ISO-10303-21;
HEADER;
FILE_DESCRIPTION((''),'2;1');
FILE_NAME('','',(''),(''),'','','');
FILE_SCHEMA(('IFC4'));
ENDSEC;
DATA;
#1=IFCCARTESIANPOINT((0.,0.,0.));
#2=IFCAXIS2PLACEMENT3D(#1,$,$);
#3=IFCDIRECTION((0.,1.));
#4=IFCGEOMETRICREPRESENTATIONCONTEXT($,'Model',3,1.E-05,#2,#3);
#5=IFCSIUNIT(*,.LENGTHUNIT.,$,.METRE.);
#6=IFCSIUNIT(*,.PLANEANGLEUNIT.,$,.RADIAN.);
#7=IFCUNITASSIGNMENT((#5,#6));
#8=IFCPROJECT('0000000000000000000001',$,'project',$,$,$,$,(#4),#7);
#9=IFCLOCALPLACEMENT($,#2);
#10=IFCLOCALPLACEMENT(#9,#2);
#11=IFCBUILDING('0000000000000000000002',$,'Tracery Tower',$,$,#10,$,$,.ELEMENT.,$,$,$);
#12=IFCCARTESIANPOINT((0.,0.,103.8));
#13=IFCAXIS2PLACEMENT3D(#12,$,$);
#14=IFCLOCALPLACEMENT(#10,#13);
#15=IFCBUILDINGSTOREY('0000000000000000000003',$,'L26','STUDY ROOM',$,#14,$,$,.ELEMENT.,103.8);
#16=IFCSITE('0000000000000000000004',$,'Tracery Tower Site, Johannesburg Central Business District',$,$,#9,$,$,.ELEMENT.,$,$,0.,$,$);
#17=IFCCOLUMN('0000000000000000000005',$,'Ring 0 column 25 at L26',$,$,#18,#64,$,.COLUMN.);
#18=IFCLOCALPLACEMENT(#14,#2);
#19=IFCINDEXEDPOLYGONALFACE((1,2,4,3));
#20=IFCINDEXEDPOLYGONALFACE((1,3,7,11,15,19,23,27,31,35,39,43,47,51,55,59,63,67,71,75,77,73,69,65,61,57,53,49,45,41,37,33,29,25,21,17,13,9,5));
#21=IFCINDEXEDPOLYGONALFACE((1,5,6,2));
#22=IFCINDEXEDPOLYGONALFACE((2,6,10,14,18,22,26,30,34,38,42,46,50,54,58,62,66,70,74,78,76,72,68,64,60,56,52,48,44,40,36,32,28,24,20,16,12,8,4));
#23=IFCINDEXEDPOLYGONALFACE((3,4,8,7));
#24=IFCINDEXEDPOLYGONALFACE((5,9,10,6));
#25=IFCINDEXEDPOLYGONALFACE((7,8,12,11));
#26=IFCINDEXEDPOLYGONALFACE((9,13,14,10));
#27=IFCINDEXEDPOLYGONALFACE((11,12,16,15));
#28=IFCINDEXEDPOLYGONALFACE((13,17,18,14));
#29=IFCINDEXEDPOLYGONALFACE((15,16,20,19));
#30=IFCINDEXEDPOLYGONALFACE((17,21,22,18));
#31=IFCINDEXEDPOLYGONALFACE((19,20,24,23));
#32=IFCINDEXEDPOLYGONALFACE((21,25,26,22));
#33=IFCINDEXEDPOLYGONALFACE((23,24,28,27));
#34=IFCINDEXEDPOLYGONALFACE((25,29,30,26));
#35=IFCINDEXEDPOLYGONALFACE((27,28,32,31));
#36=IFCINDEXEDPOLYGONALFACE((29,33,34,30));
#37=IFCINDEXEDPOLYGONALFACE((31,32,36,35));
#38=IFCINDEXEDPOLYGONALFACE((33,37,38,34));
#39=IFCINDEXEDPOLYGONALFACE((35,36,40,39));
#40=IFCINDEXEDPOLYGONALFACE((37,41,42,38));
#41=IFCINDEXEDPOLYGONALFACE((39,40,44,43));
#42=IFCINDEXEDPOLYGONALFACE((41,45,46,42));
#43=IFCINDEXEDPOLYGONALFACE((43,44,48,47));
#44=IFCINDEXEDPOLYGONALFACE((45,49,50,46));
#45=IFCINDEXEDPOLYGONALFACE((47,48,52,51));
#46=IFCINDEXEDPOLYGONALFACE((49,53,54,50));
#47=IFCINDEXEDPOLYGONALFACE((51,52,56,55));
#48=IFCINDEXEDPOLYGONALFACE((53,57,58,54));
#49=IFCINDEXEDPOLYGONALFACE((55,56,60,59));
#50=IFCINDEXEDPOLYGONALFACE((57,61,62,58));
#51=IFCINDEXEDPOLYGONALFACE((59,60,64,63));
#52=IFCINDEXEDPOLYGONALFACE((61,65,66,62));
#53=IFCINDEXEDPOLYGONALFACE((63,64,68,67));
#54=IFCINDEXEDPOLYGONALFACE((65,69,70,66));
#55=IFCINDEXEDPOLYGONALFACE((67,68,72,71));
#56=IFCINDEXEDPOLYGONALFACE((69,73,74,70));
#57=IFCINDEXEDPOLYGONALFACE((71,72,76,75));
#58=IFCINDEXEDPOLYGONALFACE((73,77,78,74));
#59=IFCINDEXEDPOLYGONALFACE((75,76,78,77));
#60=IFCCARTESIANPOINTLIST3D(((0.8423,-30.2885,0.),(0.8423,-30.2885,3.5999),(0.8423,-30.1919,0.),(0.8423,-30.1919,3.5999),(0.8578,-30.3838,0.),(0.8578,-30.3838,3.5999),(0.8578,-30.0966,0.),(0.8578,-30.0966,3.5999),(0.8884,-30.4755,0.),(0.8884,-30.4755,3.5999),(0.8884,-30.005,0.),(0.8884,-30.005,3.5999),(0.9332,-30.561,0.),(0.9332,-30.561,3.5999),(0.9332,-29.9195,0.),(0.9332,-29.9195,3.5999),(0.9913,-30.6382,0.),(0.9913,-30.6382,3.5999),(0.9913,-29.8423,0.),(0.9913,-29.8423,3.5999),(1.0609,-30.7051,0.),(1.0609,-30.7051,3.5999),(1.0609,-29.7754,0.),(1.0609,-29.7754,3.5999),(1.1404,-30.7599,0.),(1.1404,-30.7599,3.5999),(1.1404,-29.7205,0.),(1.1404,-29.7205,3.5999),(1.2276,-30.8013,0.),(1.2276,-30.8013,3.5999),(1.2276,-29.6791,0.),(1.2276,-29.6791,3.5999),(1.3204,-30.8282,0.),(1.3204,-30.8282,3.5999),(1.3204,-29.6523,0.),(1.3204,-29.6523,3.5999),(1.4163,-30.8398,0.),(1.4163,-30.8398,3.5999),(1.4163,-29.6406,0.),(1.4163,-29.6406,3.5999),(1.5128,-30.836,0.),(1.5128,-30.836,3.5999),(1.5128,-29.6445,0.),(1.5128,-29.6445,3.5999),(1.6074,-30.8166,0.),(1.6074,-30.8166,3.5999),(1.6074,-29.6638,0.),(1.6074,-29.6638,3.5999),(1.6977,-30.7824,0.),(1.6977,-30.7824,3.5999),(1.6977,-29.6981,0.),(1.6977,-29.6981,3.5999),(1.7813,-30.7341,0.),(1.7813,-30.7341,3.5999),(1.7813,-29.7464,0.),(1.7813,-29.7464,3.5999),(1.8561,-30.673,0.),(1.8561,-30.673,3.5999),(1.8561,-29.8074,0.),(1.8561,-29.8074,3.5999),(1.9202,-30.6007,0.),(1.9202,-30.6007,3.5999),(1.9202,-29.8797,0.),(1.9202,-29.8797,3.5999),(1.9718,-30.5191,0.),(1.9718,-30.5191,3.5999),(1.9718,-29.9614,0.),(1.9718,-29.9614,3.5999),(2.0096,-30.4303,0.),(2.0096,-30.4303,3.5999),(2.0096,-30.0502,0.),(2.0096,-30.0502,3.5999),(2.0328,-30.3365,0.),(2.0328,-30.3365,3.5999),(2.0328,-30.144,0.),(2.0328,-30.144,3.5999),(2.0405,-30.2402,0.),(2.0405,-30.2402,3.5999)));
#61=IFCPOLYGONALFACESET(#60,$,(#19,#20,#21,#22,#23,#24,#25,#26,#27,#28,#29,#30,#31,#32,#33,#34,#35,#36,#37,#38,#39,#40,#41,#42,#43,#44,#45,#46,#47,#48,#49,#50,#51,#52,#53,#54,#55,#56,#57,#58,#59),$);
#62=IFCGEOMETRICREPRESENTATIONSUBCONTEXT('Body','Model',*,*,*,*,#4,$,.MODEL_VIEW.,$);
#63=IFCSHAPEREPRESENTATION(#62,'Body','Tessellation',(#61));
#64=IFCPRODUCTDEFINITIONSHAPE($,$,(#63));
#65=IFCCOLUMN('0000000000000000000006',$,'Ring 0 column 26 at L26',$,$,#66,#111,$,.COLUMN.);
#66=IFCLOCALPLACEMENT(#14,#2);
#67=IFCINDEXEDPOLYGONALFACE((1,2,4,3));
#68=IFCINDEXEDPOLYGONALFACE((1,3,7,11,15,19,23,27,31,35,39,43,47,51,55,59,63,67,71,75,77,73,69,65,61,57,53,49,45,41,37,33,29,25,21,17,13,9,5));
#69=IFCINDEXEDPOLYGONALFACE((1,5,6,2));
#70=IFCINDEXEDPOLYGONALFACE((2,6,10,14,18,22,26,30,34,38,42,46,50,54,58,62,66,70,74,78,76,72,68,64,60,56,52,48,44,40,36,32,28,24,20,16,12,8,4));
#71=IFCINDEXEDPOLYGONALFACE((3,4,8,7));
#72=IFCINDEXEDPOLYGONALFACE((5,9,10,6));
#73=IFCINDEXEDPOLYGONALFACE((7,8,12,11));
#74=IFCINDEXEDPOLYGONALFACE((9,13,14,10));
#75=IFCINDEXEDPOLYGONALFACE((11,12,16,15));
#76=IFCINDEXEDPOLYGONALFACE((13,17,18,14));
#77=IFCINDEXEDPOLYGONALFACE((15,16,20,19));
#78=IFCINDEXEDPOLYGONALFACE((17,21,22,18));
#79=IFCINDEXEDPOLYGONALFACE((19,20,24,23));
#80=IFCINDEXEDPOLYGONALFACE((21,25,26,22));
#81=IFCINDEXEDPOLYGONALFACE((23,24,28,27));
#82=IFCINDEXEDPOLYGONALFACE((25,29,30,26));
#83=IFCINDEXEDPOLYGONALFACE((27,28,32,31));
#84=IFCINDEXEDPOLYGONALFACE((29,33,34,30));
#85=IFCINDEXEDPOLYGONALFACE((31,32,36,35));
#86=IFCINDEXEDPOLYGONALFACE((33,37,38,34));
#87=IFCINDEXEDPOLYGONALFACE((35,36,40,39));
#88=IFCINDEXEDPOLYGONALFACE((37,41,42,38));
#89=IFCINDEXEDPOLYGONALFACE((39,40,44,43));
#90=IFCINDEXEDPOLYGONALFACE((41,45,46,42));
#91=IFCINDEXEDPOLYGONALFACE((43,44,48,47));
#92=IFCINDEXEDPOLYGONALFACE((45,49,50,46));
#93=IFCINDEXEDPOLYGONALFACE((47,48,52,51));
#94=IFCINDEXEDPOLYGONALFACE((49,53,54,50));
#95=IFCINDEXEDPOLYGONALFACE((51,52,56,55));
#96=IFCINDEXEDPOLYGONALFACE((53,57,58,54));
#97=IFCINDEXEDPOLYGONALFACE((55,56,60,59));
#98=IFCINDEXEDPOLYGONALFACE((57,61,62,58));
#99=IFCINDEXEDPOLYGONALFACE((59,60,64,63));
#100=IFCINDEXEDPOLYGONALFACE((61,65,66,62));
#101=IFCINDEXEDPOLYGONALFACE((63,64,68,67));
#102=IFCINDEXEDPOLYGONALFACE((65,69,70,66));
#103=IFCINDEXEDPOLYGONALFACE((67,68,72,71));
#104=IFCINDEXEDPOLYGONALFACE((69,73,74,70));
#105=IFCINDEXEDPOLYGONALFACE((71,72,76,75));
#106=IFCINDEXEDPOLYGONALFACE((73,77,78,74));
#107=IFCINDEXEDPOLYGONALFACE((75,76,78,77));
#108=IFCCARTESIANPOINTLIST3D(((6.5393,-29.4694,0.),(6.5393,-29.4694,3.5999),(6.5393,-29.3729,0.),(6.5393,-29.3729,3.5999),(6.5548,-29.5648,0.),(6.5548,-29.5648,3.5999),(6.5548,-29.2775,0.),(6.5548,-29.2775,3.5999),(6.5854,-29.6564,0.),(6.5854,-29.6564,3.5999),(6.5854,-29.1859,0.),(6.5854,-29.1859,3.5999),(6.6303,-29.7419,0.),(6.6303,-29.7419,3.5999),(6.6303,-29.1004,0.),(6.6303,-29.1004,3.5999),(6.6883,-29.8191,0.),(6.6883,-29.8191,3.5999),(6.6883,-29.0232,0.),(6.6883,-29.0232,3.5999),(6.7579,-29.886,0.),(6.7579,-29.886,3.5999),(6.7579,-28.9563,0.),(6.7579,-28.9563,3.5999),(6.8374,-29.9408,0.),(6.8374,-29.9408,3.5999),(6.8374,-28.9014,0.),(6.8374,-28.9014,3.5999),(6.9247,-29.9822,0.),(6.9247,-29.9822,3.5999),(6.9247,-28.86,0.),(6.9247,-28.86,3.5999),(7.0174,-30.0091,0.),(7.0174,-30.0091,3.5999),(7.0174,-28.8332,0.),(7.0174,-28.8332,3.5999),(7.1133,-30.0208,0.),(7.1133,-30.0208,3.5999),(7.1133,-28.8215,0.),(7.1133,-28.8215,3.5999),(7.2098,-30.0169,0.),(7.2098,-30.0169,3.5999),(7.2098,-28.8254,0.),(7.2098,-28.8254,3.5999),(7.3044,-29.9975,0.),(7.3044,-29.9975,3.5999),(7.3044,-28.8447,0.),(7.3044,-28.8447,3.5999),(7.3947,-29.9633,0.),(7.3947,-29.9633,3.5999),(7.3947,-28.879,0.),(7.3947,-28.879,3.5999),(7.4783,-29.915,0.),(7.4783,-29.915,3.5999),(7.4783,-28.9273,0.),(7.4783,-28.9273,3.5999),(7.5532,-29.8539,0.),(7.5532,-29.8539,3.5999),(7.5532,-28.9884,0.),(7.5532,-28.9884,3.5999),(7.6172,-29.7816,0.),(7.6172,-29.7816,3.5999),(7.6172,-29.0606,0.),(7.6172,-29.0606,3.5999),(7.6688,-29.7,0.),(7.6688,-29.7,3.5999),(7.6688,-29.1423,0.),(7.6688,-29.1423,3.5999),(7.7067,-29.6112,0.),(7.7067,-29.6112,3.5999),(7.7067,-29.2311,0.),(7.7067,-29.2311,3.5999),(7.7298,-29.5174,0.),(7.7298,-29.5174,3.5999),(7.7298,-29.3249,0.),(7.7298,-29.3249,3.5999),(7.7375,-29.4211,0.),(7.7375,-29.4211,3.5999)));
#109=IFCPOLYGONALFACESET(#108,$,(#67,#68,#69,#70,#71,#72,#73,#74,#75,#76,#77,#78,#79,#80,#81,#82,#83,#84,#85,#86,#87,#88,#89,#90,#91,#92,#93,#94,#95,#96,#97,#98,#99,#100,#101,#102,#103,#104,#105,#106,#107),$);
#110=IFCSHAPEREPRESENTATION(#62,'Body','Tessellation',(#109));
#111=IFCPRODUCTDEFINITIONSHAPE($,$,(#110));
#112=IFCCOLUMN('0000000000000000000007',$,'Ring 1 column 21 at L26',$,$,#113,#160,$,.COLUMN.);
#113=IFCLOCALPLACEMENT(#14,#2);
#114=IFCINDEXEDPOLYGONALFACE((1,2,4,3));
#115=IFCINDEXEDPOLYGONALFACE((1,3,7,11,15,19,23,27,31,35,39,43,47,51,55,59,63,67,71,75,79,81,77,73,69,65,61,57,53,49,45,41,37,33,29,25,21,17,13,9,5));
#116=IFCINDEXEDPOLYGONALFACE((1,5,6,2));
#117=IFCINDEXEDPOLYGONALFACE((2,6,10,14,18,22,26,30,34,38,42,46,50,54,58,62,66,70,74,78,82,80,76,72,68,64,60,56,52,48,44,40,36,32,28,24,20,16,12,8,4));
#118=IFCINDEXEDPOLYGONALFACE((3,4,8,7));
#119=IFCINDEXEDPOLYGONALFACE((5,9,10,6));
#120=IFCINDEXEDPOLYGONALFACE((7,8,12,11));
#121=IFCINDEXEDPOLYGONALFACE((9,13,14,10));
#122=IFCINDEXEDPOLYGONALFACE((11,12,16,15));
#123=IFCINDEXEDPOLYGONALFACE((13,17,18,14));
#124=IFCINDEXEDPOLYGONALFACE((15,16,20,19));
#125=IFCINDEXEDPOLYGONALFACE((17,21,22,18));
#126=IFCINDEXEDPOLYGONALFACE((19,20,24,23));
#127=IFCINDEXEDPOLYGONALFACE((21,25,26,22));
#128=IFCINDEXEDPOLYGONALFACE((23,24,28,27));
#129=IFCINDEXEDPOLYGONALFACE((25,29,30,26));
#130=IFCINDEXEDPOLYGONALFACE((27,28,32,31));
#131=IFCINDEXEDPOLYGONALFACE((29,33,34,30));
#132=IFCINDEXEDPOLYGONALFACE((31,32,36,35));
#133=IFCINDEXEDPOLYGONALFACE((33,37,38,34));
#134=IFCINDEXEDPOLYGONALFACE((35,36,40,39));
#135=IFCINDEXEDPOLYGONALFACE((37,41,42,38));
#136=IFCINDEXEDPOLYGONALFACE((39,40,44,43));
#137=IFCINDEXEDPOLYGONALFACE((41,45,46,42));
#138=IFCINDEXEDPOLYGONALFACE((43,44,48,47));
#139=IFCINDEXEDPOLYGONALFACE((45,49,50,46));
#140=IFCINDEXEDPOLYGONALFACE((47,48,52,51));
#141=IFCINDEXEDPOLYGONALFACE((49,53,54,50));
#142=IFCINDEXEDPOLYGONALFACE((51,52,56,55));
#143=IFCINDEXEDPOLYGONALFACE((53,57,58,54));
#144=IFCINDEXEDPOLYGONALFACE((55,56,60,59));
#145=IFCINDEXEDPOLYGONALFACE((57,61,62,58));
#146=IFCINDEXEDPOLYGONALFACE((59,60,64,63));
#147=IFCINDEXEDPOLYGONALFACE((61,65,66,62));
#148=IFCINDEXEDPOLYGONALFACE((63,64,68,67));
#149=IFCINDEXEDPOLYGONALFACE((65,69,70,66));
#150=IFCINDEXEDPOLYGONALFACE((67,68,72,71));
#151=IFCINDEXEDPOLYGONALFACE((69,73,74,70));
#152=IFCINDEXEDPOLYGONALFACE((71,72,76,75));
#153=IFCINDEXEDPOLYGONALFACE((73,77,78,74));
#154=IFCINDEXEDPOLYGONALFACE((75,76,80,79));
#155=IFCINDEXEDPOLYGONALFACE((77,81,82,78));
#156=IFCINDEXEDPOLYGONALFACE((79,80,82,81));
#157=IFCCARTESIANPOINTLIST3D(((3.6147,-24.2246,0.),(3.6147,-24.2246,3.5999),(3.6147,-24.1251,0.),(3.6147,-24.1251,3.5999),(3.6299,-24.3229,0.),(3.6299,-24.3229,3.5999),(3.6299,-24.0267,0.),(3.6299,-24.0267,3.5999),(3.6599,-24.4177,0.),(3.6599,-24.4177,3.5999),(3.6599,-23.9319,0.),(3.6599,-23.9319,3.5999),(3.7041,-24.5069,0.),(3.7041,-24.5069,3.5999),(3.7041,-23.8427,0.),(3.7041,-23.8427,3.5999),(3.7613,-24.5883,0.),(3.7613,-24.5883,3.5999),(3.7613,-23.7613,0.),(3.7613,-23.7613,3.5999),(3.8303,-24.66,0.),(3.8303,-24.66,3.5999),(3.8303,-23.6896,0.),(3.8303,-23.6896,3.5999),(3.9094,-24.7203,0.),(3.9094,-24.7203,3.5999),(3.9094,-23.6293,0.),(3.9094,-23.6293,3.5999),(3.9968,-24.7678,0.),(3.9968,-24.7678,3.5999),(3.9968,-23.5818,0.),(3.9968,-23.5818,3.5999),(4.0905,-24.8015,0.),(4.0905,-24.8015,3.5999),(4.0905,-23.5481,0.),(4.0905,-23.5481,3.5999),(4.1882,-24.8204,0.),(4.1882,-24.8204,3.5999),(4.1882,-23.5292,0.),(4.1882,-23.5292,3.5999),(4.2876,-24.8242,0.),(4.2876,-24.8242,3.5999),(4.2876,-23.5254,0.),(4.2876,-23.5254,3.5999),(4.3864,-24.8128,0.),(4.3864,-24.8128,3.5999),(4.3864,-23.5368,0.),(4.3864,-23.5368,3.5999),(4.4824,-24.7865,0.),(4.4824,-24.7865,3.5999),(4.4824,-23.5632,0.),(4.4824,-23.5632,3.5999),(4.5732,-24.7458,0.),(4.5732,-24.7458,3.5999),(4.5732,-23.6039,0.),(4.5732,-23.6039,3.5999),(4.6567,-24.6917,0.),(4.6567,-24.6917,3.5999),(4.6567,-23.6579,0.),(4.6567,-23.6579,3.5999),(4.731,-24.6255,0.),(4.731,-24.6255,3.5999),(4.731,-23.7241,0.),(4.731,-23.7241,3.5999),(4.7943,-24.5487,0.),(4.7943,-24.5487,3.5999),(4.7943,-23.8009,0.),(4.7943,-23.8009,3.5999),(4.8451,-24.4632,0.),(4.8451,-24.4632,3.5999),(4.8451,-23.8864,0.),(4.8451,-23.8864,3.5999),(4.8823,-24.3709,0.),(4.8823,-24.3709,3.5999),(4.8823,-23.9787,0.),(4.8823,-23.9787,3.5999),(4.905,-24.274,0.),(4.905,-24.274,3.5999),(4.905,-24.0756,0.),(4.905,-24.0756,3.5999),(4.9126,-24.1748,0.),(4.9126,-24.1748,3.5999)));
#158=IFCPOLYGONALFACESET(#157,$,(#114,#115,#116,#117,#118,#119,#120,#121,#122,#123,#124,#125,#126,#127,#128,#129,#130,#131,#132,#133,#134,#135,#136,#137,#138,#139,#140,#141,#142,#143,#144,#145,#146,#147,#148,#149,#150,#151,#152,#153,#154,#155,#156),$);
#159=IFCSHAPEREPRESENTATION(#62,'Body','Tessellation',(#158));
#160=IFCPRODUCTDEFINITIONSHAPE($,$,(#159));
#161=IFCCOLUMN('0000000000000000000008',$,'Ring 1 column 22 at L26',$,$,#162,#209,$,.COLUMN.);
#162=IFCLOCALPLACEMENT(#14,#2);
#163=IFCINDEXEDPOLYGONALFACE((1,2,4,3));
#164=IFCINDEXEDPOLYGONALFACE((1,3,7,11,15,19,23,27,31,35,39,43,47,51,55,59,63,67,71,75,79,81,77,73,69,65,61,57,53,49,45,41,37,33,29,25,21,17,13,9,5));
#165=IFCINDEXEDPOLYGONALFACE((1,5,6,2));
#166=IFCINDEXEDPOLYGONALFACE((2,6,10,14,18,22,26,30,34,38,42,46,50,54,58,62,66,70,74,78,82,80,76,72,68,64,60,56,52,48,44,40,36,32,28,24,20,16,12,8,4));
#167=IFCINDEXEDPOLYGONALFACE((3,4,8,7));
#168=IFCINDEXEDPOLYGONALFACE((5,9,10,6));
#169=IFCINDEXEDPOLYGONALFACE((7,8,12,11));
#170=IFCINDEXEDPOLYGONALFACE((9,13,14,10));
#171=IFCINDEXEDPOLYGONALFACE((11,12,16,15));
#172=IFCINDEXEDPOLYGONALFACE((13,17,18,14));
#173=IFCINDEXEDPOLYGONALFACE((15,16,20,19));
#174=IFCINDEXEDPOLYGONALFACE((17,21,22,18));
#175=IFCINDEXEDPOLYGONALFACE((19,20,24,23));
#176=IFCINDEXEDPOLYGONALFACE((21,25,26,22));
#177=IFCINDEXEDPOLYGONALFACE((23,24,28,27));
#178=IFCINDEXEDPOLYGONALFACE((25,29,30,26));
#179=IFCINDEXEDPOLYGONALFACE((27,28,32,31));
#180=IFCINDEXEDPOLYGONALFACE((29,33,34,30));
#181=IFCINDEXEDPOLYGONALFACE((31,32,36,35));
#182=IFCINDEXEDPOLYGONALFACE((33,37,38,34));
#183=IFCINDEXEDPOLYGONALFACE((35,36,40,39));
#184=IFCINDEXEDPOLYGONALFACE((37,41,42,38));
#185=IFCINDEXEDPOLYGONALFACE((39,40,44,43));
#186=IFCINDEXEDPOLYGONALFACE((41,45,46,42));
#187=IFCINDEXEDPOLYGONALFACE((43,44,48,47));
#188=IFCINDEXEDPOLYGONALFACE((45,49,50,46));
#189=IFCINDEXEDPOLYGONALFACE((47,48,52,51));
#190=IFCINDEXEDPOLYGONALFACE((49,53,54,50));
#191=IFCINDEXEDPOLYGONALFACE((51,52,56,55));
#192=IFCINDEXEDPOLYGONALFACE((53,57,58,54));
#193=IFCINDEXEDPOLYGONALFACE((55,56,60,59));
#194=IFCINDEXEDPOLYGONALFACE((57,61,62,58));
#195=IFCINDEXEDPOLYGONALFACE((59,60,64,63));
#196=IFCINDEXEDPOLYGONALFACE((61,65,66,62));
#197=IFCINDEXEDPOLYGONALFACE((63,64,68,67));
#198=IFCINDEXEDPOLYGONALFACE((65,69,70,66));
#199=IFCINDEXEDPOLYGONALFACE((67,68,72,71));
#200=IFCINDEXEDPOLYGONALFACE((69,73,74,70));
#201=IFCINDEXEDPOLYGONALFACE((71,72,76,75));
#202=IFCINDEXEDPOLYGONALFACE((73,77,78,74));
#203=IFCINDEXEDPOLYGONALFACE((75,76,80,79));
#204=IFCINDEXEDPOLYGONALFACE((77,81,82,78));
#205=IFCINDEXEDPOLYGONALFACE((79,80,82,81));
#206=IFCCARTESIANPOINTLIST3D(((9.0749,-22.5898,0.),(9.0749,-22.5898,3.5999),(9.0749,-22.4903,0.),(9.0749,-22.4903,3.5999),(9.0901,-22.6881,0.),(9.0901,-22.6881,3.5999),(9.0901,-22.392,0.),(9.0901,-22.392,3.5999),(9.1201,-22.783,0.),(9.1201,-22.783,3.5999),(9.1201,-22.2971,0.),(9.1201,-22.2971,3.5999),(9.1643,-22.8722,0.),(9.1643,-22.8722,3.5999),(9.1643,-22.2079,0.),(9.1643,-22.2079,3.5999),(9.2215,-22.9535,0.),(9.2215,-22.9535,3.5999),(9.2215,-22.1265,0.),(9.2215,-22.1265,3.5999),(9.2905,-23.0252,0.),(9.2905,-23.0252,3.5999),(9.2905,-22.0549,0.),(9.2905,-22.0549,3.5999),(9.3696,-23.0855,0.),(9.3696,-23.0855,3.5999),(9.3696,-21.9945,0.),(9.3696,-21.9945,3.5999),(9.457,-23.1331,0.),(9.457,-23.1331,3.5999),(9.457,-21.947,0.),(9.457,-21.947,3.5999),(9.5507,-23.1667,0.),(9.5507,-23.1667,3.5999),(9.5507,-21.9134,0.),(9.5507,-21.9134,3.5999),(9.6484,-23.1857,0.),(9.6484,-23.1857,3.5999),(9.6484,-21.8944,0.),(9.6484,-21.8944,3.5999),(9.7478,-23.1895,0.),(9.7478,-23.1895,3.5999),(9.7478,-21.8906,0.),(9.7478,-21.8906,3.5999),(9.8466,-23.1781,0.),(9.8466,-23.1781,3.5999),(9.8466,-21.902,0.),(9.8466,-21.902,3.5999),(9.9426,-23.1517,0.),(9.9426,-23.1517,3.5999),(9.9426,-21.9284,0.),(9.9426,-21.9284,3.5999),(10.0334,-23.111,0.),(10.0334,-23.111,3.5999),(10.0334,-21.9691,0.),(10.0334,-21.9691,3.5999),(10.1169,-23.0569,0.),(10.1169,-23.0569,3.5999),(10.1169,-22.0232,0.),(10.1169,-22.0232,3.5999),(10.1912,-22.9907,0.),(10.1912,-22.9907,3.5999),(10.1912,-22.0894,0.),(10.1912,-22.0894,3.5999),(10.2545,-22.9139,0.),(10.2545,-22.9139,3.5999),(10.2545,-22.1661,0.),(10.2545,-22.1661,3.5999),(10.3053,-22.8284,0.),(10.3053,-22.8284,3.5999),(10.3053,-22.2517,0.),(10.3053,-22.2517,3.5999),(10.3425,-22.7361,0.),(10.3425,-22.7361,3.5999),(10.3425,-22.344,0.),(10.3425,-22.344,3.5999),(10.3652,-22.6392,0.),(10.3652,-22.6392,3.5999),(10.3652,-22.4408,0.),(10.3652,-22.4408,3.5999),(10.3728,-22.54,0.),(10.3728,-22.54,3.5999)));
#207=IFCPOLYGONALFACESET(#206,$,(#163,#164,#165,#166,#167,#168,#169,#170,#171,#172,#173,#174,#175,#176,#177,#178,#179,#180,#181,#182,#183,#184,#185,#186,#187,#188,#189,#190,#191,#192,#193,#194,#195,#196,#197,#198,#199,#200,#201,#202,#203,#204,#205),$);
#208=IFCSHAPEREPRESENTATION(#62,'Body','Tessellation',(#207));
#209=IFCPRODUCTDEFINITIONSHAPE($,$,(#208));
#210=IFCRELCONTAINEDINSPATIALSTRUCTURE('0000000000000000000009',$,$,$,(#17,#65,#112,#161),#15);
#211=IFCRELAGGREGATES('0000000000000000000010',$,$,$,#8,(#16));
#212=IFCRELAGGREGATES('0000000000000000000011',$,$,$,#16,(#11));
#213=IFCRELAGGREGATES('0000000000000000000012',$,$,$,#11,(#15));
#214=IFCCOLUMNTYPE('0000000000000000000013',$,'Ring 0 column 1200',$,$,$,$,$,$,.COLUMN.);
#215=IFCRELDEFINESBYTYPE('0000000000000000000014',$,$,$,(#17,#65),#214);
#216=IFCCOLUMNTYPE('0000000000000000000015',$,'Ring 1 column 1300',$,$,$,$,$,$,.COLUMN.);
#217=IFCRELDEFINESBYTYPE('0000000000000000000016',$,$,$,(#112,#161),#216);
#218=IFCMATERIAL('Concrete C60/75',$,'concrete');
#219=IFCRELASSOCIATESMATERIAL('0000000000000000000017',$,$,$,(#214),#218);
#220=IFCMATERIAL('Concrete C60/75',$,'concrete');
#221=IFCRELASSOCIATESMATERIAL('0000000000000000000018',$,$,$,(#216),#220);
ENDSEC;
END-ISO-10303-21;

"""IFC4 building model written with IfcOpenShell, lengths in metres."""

from ifc_helpers import new_model, si_unit, direction, frame, origin, origin_2d, place, context, subcontext, project, spatial, circle, extrude, material, material_profile, profile_set, type_object, element, save


model = new_model("IFC4")

# Units and contexts
model_context = context("Model", 3, precision=1e-05, world=origin(), true_north=direction((0.0, 1.0)))
body_context = subcontext(model_context, "Body", "Model", "MODEL_VIEW")
ifc_project = project(units=[si_unit("LENGTHUNIT", "METRE"), si_unit("PLANEANGLEUNIT", "RADIAN")], contexts=[model_context])

# Site, building, storey
site_placement = place(None, origin())
site = spatial("IfcSite", under=ifc_project, at=site_placement, Name="Tracery Tower Site, Johannesburg Central Business District", CompositionType="ELEMENT", RefElevation=0.0)
building_placement = place(site_placement, origin())
building = spatial("IfcBuilding", under=site, at=building_placement, Name="Tracery Tower", CompositionType="ELEMENT")
storey_placement = place(building_placement, frame((0.0, 0.0, 103.8)))
storey = spatial("IfcBuildingStorey", under=building, at=storey_placement, Name="L26", Description="STUDY ROOM", CompositionType="ELEMENT", Elevation=103.8)

# Columns
ifc_material_1 = material(Name="Concrete C60/75", Category="concrete")
ifc_material_profile_1 = material_profile(ifc_material_1, circle(Radius=0.6001, at=origin_2d()), Name="RC D1200")
ifc_profile_set_1 = profile_set([ifc_material_profile_1], Name="Concrete C60/75")
column_type_1 = type_object("IfcColumnType", Name="Ring 0 column 1200", PredefinedType="COLUMN", material=ifc_profile_set_1)
for number, where, z_axis, x_axis, name in (
    (1, (1.4404, -30.2402, 0.0), (0.0, 0.0, 1.0), (1.0, 0.0, 0.0), "Ring 0 column 25 at L26"),
    (2, (7.1375, -29.4211, 0.0), (0.0, 0.0, 1.0), (1.0, 0.0, 0.0), "Ring 0 column 26 at L26"),
):
    element("IfcColumn", number, at=place(storey_placement, frame(where, z_axis=z_axis, x_axis=x_axis)), inside=storey, type_object=column_type_1, Name=name, PredefinedType="COLUMN", context=body_context, shape_type="SweptSolid", body=[
        extrude(circle(Radius=0.6001, at=origin_2d()), origin(), (0.0, 0.0, 1.0), 3.5999),
    ])
ifc_material_2 = material(Name="Concrete C60/75", Category="concrete")
ifc_material_profile_2 = material_profile(ifc_material_2, circle(Radius=0.6499, at=origin_2d()), Name="RC D1300")
ifc_profile_set_2 = profile_set([ifc_material_profile_2], Name="Concrete C60/75")
column_type_2 = type_object("IfcColumnType", Name="Ring 1 column 1300", PredefinedType="COLUMN", material=ifc_profile_set_2)
for number, where, z_axis, x_axis, name in (
    (3, (4.2627, -24.1748, 0.0), (0.0, 0.0, 1.0), (1.0, 0.0, 0.0), "Ring 1 column 21 at L26"),
    (4, (9.7229, -22.54, 0.0), (0.0, 0.0, 1.0), (1.0, 0.0, 0.0), "Ring 1 column 22 at L26"),
):
    element("IfcColumn", number, at=place(storey_placement, frame(where, z_axis=z_axis, x_axis=x_axis)), inside=storey, type_object=column_type_2, Name=name, PredefinedType="COLUMN", context=body_context, shape_type="SweptSolid", body=[
        extrude(circle(Radius=0.6499, at=origin_2d()), origin(), (0.0, 0.0, 1.0), 3.5999),
    ])

save(model, "model.ifc")
